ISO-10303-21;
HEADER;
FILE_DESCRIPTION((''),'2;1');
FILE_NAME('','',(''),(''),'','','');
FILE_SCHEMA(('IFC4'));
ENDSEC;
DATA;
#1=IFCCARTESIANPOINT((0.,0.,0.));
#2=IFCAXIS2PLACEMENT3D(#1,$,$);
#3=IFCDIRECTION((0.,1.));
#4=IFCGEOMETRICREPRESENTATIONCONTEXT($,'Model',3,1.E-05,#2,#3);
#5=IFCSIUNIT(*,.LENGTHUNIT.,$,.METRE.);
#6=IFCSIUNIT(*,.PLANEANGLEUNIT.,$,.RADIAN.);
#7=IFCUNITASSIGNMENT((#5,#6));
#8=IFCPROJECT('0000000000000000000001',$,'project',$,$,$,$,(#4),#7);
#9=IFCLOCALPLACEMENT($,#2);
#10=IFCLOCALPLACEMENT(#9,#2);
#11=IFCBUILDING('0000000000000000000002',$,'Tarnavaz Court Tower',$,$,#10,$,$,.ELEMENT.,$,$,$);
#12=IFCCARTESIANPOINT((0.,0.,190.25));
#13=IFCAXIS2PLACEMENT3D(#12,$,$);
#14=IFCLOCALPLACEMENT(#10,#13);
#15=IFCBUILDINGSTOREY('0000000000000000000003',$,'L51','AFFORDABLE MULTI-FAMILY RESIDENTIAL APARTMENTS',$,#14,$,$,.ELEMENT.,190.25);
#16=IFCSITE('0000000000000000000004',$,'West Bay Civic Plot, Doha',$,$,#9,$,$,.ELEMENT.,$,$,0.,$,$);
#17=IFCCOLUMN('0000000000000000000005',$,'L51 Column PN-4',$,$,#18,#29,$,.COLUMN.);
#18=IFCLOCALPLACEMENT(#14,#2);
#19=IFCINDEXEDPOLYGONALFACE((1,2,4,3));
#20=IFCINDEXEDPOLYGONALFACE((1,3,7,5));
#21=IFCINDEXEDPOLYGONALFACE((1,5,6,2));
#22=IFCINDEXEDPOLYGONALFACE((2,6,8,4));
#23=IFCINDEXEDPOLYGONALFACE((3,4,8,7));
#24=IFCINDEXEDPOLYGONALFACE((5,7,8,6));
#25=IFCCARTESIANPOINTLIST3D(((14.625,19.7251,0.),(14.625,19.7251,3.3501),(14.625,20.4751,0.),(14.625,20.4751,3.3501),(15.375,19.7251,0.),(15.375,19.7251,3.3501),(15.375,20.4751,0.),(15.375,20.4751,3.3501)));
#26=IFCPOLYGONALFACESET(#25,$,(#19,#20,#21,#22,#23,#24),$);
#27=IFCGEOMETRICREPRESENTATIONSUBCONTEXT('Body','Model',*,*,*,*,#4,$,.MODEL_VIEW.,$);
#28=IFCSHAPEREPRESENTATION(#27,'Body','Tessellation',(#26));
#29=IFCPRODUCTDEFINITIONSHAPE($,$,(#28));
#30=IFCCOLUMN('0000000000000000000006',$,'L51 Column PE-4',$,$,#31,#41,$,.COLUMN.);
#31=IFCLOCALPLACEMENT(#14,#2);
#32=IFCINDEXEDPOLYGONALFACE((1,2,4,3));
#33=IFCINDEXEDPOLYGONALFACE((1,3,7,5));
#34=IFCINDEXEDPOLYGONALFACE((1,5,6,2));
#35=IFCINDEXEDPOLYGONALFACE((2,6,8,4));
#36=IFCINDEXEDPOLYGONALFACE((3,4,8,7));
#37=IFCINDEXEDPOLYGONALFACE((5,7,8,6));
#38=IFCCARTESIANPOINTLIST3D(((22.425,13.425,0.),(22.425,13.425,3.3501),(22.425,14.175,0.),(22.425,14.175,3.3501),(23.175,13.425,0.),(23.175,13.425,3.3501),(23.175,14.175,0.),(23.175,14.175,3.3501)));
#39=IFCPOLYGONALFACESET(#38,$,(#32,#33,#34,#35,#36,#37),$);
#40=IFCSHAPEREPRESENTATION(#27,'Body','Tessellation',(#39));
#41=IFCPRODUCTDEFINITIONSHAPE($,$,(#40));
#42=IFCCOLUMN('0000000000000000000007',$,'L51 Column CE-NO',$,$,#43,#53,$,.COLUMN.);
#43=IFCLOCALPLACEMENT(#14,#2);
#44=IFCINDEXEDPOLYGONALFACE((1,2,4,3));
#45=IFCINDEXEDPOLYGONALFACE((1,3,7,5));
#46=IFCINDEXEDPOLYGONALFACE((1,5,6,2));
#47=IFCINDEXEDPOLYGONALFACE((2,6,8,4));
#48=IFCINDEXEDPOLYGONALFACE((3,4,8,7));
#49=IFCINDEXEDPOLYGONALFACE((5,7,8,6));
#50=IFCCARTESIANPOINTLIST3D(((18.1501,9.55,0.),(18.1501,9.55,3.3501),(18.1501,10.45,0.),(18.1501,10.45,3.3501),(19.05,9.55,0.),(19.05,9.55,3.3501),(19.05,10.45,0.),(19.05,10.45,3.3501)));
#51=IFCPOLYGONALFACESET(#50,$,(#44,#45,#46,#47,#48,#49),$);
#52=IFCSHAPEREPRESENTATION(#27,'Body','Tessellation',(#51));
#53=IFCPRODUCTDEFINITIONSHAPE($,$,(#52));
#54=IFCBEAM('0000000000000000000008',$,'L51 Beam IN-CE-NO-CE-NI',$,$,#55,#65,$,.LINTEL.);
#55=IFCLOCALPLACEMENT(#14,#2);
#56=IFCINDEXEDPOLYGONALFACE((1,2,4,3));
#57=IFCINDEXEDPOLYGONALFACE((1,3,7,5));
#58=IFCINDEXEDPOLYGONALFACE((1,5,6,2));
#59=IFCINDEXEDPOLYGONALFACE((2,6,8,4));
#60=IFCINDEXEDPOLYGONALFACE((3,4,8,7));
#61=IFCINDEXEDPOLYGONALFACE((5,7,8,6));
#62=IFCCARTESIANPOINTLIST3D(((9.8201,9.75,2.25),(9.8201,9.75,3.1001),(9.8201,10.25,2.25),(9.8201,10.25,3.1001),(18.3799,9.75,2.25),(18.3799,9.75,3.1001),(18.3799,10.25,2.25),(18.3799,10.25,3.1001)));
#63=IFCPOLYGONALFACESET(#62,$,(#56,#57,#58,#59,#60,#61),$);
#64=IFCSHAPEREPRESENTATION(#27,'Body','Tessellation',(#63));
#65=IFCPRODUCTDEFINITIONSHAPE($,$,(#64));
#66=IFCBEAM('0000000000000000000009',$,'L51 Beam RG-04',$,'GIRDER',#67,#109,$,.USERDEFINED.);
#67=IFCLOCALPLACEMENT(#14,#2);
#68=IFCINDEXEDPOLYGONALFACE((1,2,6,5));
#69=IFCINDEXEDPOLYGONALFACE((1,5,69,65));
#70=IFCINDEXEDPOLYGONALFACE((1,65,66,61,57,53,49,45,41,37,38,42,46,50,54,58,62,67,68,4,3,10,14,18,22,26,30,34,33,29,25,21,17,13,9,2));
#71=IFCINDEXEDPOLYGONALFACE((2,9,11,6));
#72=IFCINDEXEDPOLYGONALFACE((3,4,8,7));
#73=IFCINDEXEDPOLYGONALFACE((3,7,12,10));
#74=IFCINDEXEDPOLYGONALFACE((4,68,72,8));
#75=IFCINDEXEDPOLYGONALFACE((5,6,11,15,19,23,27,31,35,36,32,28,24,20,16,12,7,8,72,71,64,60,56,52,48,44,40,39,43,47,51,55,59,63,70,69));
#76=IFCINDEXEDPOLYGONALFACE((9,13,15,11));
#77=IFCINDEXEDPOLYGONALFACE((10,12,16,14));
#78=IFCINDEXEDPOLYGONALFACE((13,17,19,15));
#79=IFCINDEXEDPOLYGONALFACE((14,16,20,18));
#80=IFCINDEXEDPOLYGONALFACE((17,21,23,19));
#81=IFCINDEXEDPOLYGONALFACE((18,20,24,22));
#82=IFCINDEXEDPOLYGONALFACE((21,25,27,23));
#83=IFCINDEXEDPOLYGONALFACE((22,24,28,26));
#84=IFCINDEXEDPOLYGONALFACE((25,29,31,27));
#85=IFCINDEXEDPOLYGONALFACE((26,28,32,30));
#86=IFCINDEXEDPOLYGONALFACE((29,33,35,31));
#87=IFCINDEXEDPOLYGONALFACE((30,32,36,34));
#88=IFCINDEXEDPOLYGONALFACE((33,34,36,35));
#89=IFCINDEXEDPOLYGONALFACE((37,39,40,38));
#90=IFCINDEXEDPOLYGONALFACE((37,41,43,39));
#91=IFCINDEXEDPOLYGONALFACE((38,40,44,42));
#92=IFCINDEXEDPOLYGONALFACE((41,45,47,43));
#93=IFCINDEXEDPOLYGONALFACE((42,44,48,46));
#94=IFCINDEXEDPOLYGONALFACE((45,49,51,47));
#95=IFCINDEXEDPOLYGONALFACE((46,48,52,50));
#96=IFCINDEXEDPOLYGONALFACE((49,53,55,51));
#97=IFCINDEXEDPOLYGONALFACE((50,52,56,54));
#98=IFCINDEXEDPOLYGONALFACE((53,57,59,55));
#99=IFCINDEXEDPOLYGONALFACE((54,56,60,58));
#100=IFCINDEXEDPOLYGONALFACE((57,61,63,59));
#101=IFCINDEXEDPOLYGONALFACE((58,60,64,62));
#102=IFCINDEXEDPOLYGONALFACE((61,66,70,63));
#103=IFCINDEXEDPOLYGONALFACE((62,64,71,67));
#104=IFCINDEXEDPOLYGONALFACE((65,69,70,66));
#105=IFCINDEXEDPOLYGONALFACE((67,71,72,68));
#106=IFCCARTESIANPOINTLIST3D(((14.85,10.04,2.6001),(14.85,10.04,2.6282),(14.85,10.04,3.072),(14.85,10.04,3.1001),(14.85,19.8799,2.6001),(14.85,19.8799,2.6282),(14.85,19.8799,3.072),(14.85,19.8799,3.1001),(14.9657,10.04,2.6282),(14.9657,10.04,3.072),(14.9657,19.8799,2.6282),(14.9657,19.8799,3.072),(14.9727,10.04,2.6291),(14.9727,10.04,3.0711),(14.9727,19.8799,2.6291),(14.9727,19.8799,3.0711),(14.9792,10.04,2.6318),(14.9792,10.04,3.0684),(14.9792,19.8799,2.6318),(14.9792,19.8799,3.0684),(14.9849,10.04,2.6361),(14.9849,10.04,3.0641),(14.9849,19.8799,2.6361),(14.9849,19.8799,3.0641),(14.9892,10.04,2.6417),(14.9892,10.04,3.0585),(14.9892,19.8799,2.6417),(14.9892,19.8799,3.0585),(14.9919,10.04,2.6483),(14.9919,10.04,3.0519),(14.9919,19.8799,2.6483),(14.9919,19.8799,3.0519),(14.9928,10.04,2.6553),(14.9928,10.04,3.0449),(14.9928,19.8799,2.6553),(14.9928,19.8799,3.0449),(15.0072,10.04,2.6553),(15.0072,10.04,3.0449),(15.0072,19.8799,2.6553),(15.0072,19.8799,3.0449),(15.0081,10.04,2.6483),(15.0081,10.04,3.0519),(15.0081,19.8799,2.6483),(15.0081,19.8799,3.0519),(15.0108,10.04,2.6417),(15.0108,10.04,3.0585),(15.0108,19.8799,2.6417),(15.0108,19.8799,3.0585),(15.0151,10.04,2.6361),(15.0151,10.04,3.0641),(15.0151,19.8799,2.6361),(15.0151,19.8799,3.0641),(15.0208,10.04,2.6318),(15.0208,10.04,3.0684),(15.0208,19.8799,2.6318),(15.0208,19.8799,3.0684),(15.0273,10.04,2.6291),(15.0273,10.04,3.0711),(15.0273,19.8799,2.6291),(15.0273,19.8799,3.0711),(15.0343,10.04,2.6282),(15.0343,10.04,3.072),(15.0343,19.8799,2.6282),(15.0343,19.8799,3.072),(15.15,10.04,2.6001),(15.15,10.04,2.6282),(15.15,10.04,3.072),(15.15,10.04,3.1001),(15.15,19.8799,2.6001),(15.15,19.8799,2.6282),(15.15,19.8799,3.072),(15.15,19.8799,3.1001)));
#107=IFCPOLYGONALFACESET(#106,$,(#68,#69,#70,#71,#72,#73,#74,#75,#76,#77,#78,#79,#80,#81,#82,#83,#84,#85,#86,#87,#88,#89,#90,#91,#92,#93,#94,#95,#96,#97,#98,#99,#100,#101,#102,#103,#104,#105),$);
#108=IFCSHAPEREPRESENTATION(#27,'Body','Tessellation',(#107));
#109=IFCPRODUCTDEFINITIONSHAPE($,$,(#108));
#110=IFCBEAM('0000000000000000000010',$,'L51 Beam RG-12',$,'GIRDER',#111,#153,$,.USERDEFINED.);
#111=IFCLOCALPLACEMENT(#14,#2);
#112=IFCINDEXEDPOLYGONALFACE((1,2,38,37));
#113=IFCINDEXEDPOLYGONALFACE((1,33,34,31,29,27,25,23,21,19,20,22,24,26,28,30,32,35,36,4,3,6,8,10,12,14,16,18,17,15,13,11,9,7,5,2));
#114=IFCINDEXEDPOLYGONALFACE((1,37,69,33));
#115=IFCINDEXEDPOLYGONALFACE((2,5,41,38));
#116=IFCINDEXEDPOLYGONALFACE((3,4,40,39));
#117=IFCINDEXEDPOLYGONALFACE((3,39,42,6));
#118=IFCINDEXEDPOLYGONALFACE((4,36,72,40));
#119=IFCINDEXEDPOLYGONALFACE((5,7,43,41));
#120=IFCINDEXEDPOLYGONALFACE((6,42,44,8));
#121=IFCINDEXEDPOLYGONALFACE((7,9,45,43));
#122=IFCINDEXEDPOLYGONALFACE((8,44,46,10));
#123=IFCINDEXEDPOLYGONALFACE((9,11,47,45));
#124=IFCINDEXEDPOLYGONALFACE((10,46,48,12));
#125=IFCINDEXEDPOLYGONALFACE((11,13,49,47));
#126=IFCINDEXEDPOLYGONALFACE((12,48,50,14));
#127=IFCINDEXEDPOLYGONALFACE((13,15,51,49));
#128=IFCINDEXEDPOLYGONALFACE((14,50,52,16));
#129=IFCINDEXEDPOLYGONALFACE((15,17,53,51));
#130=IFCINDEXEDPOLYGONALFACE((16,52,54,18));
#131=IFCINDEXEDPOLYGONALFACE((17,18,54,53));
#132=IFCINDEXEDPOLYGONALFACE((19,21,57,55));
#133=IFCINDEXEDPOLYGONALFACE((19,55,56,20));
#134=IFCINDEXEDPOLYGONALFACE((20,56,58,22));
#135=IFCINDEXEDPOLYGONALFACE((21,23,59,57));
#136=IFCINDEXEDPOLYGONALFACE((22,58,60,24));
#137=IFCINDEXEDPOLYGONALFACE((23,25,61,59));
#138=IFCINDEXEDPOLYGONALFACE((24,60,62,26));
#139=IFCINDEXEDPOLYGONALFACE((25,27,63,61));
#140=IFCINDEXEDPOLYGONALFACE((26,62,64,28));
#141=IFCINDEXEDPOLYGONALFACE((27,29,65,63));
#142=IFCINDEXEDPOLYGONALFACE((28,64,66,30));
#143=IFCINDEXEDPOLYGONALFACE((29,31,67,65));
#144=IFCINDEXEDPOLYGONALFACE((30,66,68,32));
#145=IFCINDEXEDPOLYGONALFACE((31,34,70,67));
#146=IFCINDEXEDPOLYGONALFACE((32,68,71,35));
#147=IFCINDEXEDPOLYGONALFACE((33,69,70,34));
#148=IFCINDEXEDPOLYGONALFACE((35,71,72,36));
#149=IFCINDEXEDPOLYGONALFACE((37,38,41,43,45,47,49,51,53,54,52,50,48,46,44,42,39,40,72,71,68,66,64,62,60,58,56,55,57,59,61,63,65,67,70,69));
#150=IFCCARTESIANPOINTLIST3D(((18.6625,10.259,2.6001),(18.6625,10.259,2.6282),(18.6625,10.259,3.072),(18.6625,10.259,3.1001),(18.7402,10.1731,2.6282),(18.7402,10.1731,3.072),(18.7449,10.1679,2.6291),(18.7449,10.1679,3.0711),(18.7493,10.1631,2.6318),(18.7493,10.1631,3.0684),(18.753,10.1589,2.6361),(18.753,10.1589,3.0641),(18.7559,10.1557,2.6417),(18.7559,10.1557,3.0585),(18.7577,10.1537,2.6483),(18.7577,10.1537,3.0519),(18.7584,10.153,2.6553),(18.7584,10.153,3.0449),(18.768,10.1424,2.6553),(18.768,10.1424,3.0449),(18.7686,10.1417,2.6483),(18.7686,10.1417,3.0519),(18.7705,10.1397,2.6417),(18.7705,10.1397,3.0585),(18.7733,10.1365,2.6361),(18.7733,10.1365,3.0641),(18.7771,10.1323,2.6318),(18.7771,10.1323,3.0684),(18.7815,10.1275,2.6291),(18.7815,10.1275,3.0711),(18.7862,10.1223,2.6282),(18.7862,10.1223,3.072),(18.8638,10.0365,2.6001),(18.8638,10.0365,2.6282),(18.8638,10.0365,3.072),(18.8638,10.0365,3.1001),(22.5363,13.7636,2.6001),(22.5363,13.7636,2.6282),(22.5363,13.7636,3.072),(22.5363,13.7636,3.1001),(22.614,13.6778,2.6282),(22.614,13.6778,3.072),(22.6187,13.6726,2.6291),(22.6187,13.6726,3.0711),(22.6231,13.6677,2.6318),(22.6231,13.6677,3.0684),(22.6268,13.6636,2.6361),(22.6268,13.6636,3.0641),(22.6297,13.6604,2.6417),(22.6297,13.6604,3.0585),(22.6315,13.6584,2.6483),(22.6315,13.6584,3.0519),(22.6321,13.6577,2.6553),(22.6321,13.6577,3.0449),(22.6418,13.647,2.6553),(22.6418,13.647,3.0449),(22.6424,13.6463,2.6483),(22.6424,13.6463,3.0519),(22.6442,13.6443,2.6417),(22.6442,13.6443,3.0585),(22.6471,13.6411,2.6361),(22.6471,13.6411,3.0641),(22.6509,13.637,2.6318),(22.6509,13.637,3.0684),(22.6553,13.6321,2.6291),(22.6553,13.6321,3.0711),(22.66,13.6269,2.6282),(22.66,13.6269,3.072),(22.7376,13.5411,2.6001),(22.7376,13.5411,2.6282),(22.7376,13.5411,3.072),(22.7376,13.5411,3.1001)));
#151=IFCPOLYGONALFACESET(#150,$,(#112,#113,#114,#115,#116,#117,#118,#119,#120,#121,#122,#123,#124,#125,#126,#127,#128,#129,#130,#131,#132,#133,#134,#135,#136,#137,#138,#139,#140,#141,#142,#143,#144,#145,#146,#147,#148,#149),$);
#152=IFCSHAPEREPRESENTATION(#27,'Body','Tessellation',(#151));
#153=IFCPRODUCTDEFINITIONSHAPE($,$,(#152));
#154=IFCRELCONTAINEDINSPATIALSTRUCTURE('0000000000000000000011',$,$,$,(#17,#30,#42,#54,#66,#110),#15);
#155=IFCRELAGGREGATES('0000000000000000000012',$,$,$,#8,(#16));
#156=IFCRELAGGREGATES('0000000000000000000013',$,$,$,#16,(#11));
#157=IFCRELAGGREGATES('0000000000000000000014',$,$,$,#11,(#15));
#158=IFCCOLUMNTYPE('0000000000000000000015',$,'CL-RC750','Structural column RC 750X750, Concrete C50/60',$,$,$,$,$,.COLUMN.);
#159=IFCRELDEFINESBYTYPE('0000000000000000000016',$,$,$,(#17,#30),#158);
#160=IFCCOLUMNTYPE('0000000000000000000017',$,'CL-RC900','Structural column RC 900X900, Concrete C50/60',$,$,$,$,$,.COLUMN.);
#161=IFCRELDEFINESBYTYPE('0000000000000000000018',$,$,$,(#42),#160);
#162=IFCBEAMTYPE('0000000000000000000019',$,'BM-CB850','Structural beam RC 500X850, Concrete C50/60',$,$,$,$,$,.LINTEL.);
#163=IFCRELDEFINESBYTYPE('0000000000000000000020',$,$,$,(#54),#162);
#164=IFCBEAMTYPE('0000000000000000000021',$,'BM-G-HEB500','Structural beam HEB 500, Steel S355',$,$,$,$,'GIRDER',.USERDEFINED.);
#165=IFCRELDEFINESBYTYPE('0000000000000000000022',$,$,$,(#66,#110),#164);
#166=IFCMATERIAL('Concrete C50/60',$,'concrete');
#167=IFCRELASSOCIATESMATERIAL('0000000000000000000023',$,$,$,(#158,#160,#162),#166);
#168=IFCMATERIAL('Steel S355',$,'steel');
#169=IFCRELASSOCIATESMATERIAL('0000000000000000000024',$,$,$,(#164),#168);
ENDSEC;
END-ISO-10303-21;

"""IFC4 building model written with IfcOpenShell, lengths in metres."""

from ifc_helpers import new_model, si_unit, direction, frame, origin, origin_2d, place, context, subcontext, project, spatial, rectangle, i_section, extrude, material, material_profile, profile_set, type_object, element, save


model = new_model("IFC4")

# Units and contexts
model_context = context("Model", 3, precision=1e-05, world=origin(), true_north=direction((0.0, 1.0)))
body_context = subcontext(model_context, "Body", "Model", "MODEL_VIEW")
ifc_project = project(units=[si_unit("LENGTHUNIT", "METRE"), si_unit("PLANEANGLEUNIT", "RADIAN")], contexts=[model_context])

# Site, building, storey
site_placement = place(None, origin())
site = spatial("IfcSite", under=ifc_project, at=site_placement, Name="West Bay Civic Plot, Doha", CompositionType="ELEMENT", RefElevation=0.0)
building_placement = place(site_placement, origin())
building = spatial("IfcBuilding", under=site, at=building_placement, Name="Tarnavaz Court Tower", CompositionType="ELEMENT")
storey_placement = place(building_placement, frame((0.0, 0.0, 190.25)))
storey = spatial("IfcBuildingStorey", under=building, at=storey_placement, Name="L51", Description="AFFORDABLE MULTI-FAMILY RESIDENTIAL APARTMENTS", CompositionType="ELEMENT", Elevation=190.25)

# Columns
ifc_material_1 = material(Name="Concrete C50/60", Category="concrete")
ifc_material_profile_1 = material_profile(ifc_material_1, rectangle(XDim=0.75, YDim=0.75, at=origin_2d()), Name="RC 750X750")
ifc_profile_set_1 = profile_set([ifc_material_profile_1], Name="Concrete C50/60")
column_type_1 = type_object("IfcColumnType", Name="CL-RC750", Description="Structural column RC 750X750, Concrete C50/60", PredefinedType="COLUMN", material=ifc_profile_set_1)
for number, where, z_axis, x_axis, name in (
    (1, (15.0, 20.1001, 0.0), (0.0, 0.0, 1.0), (1.0, 0.0, 0.0), "L51 Column PN-4"),
    (2, (22.8, 13.8, 0.0), (0.0, 0.0, 1.0), (1.0, 0.0, 0.0), "L51 Column PE-4"),
):
    element("IfcColumn", number, at=place(storey_placement, frame(where, z_axis=z_axis, x_axis=x_axis)), inside=storey, type_object=column_type_1, Name=name, PredefinedType="COLUMN", context=body_context, shape_type="SweptSolid", body=[
        extrude(rectangle(XDim=0.75, YDim=0.75, at=origin_2d()), origin(), (0.0, 0.0, 1.0), 3.3501),
    ])
ifc_material_profile_2 = material_profile(ifc_material_1, rectangle(XDim=0.8999, YDim=0.8999, at=origin_2d()), Name="RC 900X900")
ifc_profile_set_2 = profile_set([ifc_material_profile_2], Name="Concrete C50/60")
column_type_2 = type_object("IfcColumnType", Name="CL-RC900", Description="Structural column RC 900X900, Concrete C50/60", PredefinedType="COLUMN", material=ifc_profile_set_2)
column_placement = place(storey_placement, frame((18.6001, 10.0, 0.0), z_axis=(0.0, 0.0, 1.0), x_axis=(1.0, 0.0, 0.0)))
element("IfcColumn", 3, at=column_placement, inside=storey, type_object=column_type_2, Name="L51 Column CE-NO", PredefinedType="COLUMN", context=body_context, shape_type="SweptSolid", body=[
    extrude(rectangle(XDim=0.8999, YDim=0.8999, at=origin_2d()), origin(), (0.0, 0.0, 1.0), 3.3501),
])

# Beams
ifc_material_profile_3 = material_profile(ifc_material_1, rectangle(XDim=0.5, YDim=0.8501, at=origin_2d()), Name="RC 500X850")
ifc_profile_set_3 = profile_set([ifc_material_profile_3], Name="Concrete C50/60")
beam_type_1 = type_object("IfcBeamType", Name="BM-CB850", Description="Structural beam RC 500X850, Concrete C50/60", PredefinedType="LINTEL", material=ifc_profile_set_3)
beam_1_placement = place(storey_placement, frame((18.3799, 10.0, 2.675), z_axis=(-1.0, 0.0, 0.0), x_axis=(0.0, -1.0, 0.0)))
element("IfcBeam", 4, at=beam_1_placement, inside=storey, type_object=beam_type_1, Name="L51 Beam IN-CE-NO-CE-NI", PredefinedType="LINTEL", context=body_context, shape_type="SweptSolid", body=[
    extrude(rectangle(XDim=0.5, YDim=0.8501, at=origin_2d()), origin(), (0.0, 0.0, 1.0), 8.5598),
])
ifc_material_2 = material(Name="Steel S355", Category="steel")
ifc_material_profile_4 = material_profile(ifc_material_2, i_section(OverallWidth=0.3, OverallDepth=0.5, WebThickness=0.0144, FlangeThickness=0.0281, FilletRadius=0.0271, at=origin_2d()), Name="HEB 500")
ifc_profile_set_4 = profile_set([ifc_material_profile_4], Name="Steel S355")
beam_type_2 = type_object("IfcBeamType", Name="BM-G-HEB500", Description="Structural beam HEB 500, Steel S355", ElementType="GIRDER", PredefinedType="USERDEFINED", material=ifc_profile_set_4)
beam_2_placement = place(storey_placement, frame((15.0, 10.04, 2.8501), z_axis=(0.0, 1.0, 0.0), x_axis=(-1.0, 0.0, 0.0)))
element("IfcBeam", 5, at=beam_2_placement, inside=storey, type_object=beam_type_2, Name="L51 Beam RG-04", ObjectType="GIRDER", PredefinedType="USERDEFINED", context=body_context, shape_type="SweptSolid", body=[
    extrude(i_section(OverallWidth=0.3, OverallDepth=0.5, WebThickness=0.0144, FlangeThickness=0.0281, FilletRadius=0.0271, at=origin_2d()), origin(), (0.0, 0.0, 1.0), 9.8398),
])
beam_3_placement = place(storey_placement, frame((18.7632, 10.1477, 2.8501), z_axis=(0.741556, 0.670891, 0.0), x_axis=(-0.670891, 0.741556, 0.0)))
element("IfcBeam", 6, at=beam_3_placement, inside=storey, type_object=beam_type_2, Name="L51 Beam RG-12", ObjectType="GIRDER", PredefinedType="USERDEFINED", context=body_context, shape_type="SweptSolid", body=[
    extrude(i_section(OverallWidth=0.3, OverallDepth=0.5, WebThickness=0.0144, FlangeThickness=0.0281, FilletRadius=0.0271, at=origin_2d()), origin(), (0.0, 0.0, 1.0), 5.2239),
])

save(model, "model.ifc")
